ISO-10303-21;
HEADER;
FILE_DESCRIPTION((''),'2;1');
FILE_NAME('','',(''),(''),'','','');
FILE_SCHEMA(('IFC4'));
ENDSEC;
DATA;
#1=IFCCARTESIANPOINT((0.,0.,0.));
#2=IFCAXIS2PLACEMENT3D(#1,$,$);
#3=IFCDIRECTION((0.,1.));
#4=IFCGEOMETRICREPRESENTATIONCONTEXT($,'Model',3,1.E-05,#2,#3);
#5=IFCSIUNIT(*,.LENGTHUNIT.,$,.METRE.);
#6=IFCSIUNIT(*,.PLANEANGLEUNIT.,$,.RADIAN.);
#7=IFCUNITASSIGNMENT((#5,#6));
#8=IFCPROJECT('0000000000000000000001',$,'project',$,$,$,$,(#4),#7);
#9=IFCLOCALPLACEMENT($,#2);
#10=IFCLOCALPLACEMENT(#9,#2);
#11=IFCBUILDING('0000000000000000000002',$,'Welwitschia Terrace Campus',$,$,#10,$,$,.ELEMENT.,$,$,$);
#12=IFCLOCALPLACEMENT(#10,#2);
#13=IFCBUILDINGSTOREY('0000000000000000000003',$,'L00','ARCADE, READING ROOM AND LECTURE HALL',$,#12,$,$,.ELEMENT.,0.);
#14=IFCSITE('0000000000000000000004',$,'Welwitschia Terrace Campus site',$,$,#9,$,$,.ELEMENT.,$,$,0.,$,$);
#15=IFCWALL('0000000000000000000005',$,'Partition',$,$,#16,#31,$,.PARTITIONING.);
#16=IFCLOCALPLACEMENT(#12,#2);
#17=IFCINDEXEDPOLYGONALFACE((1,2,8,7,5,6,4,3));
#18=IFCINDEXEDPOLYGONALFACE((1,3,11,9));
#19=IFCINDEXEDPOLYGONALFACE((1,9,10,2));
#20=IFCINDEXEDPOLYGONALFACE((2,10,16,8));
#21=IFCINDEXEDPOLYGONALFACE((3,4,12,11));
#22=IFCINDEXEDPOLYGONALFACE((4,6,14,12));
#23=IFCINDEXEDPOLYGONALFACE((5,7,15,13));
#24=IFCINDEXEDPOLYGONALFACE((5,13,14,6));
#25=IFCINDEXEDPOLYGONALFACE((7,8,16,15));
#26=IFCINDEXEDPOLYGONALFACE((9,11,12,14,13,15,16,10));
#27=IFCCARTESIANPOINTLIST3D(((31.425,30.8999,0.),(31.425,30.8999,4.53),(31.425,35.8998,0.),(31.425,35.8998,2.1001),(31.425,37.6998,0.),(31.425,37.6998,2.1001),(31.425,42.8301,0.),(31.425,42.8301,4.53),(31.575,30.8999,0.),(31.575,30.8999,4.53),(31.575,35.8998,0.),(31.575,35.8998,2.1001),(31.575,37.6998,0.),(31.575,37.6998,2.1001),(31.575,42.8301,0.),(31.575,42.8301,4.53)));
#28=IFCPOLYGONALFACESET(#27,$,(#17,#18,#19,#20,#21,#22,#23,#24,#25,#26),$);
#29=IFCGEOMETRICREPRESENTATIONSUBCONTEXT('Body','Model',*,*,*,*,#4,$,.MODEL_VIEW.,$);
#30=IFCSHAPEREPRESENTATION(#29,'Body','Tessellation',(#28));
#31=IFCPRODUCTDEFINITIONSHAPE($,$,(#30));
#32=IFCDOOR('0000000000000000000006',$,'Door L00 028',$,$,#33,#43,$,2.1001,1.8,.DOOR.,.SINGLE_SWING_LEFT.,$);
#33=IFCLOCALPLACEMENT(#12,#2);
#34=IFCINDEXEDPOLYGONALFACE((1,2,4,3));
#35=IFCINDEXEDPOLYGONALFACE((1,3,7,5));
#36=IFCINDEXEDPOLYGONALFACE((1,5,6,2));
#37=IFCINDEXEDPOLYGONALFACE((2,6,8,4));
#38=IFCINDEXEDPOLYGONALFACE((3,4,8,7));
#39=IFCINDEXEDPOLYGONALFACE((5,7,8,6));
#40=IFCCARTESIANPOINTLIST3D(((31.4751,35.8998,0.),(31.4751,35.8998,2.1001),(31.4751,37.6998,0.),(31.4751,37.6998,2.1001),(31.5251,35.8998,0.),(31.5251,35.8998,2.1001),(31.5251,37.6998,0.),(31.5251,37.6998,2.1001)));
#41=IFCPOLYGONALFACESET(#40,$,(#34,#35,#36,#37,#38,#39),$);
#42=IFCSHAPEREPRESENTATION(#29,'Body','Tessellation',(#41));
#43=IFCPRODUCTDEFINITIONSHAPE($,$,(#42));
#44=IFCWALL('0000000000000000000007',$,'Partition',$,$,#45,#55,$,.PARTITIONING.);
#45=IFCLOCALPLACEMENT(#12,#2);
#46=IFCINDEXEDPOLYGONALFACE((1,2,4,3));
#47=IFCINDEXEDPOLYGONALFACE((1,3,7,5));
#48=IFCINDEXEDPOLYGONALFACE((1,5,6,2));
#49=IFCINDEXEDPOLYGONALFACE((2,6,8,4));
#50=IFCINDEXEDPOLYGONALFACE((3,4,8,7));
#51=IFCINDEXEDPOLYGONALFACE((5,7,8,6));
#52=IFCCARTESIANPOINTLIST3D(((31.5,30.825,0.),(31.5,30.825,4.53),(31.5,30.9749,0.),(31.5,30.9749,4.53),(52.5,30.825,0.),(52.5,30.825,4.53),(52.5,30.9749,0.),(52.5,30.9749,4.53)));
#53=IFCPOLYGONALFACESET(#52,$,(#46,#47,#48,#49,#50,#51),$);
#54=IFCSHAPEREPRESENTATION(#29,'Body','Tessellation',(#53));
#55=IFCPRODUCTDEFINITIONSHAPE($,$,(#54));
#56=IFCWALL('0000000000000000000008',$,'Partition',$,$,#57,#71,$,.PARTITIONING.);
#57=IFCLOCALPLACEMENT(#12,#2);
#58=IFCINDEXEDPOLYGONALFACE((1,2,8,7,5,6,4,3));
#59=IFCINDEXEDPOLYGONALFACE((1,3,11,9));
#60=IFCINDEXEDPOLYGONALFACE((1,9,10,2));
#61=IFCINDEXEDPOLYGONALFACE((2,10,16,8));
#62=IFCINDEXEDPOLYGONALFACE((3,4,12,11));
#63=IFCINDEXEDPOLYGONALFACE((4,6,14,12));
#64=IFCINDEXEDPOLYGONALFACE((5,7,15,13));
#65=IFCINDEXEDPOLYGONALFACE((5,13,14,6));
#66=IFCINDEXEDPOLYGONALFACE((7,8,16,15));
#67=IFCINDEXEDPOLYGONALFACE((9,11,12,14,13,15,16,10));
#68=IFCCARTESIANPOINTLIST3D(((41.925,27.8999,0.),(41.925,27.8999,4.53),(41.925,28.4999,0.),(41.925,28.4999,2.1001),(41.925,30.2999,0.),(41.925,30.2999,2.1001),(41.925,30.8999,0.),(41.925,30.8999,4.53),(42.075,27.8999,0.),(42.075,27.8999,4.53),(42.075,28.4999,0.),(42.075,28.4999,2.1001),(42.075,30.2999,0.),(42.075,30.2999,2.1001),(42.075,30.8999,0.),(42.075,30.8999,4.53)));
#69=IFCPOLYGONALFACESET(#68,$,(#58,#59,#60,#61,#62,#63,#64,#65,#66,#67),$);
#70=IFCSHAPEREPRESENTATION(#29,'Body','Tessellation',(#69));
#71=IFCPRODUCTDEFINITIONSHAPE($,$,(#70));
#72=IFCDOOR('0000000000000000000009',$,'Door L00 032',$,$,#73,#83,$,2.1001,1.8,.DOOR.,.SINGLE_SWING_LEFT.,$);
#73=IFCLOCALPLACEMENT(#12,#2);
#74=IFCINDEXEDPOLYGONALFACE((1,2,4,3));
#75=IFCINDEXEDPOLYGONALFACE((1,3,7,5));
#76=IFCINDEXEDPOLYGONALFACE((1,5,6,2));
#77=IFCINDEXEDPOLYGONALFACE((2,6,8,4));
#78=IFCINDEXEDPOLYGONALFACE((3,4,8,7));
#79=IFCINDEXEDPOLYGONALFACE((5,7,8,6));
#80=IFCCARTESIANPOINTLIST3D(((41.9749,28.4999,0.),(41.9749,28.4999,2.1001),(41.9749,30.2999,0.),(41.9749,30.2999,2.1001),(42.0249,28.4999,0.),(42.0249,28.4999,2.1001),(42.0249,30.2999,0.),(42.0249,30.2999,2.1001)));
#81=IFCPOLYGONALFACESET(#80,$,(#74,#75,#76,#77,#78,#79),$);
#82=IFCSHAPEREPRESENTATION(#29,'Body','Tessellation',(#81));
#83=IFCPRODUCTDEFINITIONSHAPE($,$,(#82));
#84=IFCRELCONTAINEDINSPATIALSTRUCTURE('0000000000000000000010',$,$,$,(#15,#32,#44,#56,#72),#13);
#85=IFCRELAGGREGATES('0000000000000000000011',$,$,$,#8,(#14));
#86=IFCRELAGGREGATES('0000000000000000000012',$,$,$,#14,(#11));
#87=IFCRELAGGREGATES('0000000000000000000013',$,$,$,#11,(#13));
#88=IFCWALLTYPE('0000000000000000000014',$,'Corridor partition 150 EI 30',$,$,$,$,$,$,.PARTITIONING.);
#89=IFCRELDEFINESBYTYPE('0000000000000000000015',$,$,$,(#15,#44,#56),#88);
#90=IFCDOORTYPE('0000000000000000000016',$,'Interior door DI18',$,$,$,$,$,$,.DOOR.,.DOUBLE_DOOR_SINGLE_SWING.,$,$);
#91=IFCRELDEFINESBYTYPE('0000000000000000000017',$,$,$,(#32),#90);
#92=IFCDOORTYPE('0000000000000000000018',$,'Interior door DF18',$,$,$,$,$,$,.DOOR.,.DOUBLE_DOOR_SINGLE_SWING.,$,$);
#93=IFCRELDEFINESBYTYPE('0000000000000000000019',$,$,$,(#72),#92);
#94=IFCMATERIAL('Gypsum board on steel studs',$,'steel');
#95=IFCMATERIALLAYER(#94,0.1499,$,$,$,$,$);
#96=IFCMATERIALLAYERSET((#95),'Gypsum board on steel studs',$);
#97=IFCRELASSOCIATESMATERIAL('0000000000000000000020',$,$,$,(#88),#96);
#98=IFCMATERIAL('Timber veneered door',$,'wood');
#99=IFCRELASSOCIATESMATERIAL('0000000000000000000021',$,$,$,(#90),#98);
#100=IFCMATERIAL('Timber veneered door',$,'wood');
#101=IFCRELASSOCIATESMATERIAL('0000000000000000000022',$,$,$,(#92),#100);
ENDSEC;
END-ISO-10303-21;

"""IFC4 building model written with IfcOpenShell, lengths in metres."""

from ifc_helpers import new_model, si_unit, direction, frame, frame_2d, origin, place, context, subcontext, project, spatial, rectangle, extrude, material, layer, layer_set, type_object, element, fill, save


model = new_model("IFC4")

# Units and contexts
model_context = context("Model", 3, precision=1e-05, world=origin(), true_north=direction((0.0, 1.0)))
body_context = subcontext(model_context, "Body", "Model", "MODEL_VIEW")
ifc_project = project(units=[si_unit("LENGTHUNIT", "METRE"), si_unit("PLANEANGLEUNIT", "RADIAN")], contexts=[model_context])

# Site, building, storey
site_placement = place(None, origin())
site = spatial("IfcSite", under=ifc_project, at=site_placement, Name="Welwitschia Terrace Campus site", CompositionType="ELEMENT", RefElevation=0.0)
building_placement = place(site_placement, origin())
building = spatial("IfcBuilding", under=site, at=building_placement, Name="Welwitschia Terrace Campus", CompositionType="ELEMENT")
storey_placement = place(building_placement, origin())
storey = spatial("IfcBuildingStorey", under=building, at=storey_placement, Name="L00", Description="ARCADE, READING ROOM AND LECTURE HALL", CompositionType="ELEMENT", Elevation=0.0)

# Shared definitions
ifc_material_1 = material(Name="Gypsum board on steel studs", Category="steel")
ifc_layer_1 = layer(ifc_material_1, 0.1499)
ifc_layer_set_1 = layer_set([ifc_layer_1], Name="Gypsum board on steel studs")
wall_type_1 = type_object("IfcWallType", Name="Corridor partition 150 EI 30", PredefinedType="PARTITIONING", material=ifc_layer_set_1)

# Wall, opening, door
wall_1_placement = place(storey_placement, frame((31.5, 30.8999, 0.0), z_axis=(0.0, 0.0, 1.0), x_axis=(0.0, 1.0, 0.0)))
wall_1 = element("IfcWall", 1, at=wall_1_placement, inside=storey, type_object=wall_type_1, Name="Partition", PredefinedType="PARTITIONING", context=body_context, shape_type="SweptSolid", body=[
    extrude(rectangle(XDim=11.9302, YDim=0.1499, at=frame_2d((5.9651, 0.0))), origin(), (0.0, 0.0, 1.0), 4.53),
])
opening_1_placement = place(wall_1_placement, frame((5.0, 0.0, 0.0)))
opening_1 = element("IfcOpeningElement", 2, at=opening_1_placement, cuts=wall_1, PredefinedType="OPENING", context=body_context, shape_type="SweptSolid", body=[
    extrude(rectangle(XDim=1.8, YDim=2.1001, at=frame_2d((0.8999, 1.05))), frame((0.0, 0.085, 0.0), z_axis=(0.0, -1.0, 0.0), x_axis=(1.0, 0.0, 0.0)), (0.0, 0.0, 1.0), 0.1699),
])
ifc_material_2 = material(Name="Timber veneered door", Category="wood")
door_type_1 = type_object("IfcDoorType", Name="Interior door DI18", OperationType="DOUBLE_DOOR_SINGLE_SWING", PredefinedType="DOOR", material=ifc_material_2)
door_1_placement = place(opening_1_placement, origin())
door_1 = element("IfcDoor", 3, at=door_1_placement, inside=storey, type_object=door_type_1, Name="Door L00 028", OperationType="SINGLE_SWING_LEFT", OverallHeight=2.1001, OverallWidth=1.8, PredefinedType="DOOR", context=body_context, shape_type="SweptSolid", body=[
    extrude(rectangle(XDim=1.8, YDim=2.1001, at=frame_2d((0.8999, 1.05))), frame((0.0, 0.0249, 0.0), z_axis=(0.0, -1.0, 0.0), x_axis=(1.0, 0.0, 0.0)), (0.0, 0.0, 1.0), 0.05),
])
fill(opening_1, door_1)

# Wall
wall_2_placement = place(storey_placement, frame((31.5, 30.8999, 0.0), z_axis=(0.0, 0.0, 1.0), x_axis=(1.0, 0.0, 0.0)))
element("IfcWall", 4, at=wall_2_placement, inside=storey, type_object=wall_type_1, Name="Partition", PredefinedType="PARTITIONING", context=body_context, shape_type="SweptSolid", body=[
    extrude(rectangle(XDim=21.0, YDim=0.1499, at=frame_2d((10.5, 0.0))), origin(), (0.0, 0.0, 1.0), 4.53),
])

# Wall, opening, door
wall_3_placement = place(storey_placement, frame((42.0, 30.8999, 0.0), z_axis=(0.0, 0.0, 1.0), x_axis=(0.0, -1.0, 0.0)))
wall_3 = element("IfcWall", 5, at=wall_3_placement, inside=storey, type_object=wall_type_1, Name="Partition", PredefinedType="PARTITIONING", context=body_context, shape_type="SweptSolid", body=[
    extrude(rectangle(XDim=3.0, YDim=0.1499, at=frame_2d((1.5, 0.0))), origin(), (0.0, 0.0, 1.0), 4.53),
])
opening_2_placement = place(wall_3_placement, frame((0.6001, 0.0, 0.0)))
opening_2 = element("IfcOpeningElement", 6, at=opening_2_placement, cuts=wall_3, PredefinedType="OPENING", context=body_context, shape_type="SweptSolid", body=[
    extrude(rectangle(XDim=1.8, YDim=2.1001, at=frame_2d((0.8999, 1.05))), frame((0.0, 0.085, 0.0), z_axis=(0.0, -1.0, 0.0), x_axis=(1.0, 0.0, 0.0)), (0.0, 0.0, 1.0), 0.1699),
])
ifc_material_3 = material(Name="Timber veneered door", Category="wood")
door_type_2 = type_object("IfcDoorType", Name="Interior door DF18", OperationType="DOUBLE_DOOR_SINGLE_SWING", PredefinedType="DOOR", material=ifc_material_3)
door_2_placement = place(opening_2_placement, origin())
door_2 = element("IfcDoor", 7, at=door_2_placement, inside=storey, type_object=door_type_2, Name="Door L00 032", OperationType="SINGLE_SWING_LEFT", OverallHeight=2.1001, OverallWidth=1.8, PredefinedType="DOOR", context=body_context, shape_type="SweptSolid", body=[
    extrude(rectangle(XDim=1.8, YDim=2.1001, at=frame_2d((0.8999, 1.05))), frame((0.0, 0.0249, 0.0), z_axis=(0.0, -1.0, 0.0), x_axis=(1.0, 0.0, 0.0)), (0.0, 0.0, 1.0), 0.05),
])
fill(opening_2, door_2)

save(model, "model.ifc")
